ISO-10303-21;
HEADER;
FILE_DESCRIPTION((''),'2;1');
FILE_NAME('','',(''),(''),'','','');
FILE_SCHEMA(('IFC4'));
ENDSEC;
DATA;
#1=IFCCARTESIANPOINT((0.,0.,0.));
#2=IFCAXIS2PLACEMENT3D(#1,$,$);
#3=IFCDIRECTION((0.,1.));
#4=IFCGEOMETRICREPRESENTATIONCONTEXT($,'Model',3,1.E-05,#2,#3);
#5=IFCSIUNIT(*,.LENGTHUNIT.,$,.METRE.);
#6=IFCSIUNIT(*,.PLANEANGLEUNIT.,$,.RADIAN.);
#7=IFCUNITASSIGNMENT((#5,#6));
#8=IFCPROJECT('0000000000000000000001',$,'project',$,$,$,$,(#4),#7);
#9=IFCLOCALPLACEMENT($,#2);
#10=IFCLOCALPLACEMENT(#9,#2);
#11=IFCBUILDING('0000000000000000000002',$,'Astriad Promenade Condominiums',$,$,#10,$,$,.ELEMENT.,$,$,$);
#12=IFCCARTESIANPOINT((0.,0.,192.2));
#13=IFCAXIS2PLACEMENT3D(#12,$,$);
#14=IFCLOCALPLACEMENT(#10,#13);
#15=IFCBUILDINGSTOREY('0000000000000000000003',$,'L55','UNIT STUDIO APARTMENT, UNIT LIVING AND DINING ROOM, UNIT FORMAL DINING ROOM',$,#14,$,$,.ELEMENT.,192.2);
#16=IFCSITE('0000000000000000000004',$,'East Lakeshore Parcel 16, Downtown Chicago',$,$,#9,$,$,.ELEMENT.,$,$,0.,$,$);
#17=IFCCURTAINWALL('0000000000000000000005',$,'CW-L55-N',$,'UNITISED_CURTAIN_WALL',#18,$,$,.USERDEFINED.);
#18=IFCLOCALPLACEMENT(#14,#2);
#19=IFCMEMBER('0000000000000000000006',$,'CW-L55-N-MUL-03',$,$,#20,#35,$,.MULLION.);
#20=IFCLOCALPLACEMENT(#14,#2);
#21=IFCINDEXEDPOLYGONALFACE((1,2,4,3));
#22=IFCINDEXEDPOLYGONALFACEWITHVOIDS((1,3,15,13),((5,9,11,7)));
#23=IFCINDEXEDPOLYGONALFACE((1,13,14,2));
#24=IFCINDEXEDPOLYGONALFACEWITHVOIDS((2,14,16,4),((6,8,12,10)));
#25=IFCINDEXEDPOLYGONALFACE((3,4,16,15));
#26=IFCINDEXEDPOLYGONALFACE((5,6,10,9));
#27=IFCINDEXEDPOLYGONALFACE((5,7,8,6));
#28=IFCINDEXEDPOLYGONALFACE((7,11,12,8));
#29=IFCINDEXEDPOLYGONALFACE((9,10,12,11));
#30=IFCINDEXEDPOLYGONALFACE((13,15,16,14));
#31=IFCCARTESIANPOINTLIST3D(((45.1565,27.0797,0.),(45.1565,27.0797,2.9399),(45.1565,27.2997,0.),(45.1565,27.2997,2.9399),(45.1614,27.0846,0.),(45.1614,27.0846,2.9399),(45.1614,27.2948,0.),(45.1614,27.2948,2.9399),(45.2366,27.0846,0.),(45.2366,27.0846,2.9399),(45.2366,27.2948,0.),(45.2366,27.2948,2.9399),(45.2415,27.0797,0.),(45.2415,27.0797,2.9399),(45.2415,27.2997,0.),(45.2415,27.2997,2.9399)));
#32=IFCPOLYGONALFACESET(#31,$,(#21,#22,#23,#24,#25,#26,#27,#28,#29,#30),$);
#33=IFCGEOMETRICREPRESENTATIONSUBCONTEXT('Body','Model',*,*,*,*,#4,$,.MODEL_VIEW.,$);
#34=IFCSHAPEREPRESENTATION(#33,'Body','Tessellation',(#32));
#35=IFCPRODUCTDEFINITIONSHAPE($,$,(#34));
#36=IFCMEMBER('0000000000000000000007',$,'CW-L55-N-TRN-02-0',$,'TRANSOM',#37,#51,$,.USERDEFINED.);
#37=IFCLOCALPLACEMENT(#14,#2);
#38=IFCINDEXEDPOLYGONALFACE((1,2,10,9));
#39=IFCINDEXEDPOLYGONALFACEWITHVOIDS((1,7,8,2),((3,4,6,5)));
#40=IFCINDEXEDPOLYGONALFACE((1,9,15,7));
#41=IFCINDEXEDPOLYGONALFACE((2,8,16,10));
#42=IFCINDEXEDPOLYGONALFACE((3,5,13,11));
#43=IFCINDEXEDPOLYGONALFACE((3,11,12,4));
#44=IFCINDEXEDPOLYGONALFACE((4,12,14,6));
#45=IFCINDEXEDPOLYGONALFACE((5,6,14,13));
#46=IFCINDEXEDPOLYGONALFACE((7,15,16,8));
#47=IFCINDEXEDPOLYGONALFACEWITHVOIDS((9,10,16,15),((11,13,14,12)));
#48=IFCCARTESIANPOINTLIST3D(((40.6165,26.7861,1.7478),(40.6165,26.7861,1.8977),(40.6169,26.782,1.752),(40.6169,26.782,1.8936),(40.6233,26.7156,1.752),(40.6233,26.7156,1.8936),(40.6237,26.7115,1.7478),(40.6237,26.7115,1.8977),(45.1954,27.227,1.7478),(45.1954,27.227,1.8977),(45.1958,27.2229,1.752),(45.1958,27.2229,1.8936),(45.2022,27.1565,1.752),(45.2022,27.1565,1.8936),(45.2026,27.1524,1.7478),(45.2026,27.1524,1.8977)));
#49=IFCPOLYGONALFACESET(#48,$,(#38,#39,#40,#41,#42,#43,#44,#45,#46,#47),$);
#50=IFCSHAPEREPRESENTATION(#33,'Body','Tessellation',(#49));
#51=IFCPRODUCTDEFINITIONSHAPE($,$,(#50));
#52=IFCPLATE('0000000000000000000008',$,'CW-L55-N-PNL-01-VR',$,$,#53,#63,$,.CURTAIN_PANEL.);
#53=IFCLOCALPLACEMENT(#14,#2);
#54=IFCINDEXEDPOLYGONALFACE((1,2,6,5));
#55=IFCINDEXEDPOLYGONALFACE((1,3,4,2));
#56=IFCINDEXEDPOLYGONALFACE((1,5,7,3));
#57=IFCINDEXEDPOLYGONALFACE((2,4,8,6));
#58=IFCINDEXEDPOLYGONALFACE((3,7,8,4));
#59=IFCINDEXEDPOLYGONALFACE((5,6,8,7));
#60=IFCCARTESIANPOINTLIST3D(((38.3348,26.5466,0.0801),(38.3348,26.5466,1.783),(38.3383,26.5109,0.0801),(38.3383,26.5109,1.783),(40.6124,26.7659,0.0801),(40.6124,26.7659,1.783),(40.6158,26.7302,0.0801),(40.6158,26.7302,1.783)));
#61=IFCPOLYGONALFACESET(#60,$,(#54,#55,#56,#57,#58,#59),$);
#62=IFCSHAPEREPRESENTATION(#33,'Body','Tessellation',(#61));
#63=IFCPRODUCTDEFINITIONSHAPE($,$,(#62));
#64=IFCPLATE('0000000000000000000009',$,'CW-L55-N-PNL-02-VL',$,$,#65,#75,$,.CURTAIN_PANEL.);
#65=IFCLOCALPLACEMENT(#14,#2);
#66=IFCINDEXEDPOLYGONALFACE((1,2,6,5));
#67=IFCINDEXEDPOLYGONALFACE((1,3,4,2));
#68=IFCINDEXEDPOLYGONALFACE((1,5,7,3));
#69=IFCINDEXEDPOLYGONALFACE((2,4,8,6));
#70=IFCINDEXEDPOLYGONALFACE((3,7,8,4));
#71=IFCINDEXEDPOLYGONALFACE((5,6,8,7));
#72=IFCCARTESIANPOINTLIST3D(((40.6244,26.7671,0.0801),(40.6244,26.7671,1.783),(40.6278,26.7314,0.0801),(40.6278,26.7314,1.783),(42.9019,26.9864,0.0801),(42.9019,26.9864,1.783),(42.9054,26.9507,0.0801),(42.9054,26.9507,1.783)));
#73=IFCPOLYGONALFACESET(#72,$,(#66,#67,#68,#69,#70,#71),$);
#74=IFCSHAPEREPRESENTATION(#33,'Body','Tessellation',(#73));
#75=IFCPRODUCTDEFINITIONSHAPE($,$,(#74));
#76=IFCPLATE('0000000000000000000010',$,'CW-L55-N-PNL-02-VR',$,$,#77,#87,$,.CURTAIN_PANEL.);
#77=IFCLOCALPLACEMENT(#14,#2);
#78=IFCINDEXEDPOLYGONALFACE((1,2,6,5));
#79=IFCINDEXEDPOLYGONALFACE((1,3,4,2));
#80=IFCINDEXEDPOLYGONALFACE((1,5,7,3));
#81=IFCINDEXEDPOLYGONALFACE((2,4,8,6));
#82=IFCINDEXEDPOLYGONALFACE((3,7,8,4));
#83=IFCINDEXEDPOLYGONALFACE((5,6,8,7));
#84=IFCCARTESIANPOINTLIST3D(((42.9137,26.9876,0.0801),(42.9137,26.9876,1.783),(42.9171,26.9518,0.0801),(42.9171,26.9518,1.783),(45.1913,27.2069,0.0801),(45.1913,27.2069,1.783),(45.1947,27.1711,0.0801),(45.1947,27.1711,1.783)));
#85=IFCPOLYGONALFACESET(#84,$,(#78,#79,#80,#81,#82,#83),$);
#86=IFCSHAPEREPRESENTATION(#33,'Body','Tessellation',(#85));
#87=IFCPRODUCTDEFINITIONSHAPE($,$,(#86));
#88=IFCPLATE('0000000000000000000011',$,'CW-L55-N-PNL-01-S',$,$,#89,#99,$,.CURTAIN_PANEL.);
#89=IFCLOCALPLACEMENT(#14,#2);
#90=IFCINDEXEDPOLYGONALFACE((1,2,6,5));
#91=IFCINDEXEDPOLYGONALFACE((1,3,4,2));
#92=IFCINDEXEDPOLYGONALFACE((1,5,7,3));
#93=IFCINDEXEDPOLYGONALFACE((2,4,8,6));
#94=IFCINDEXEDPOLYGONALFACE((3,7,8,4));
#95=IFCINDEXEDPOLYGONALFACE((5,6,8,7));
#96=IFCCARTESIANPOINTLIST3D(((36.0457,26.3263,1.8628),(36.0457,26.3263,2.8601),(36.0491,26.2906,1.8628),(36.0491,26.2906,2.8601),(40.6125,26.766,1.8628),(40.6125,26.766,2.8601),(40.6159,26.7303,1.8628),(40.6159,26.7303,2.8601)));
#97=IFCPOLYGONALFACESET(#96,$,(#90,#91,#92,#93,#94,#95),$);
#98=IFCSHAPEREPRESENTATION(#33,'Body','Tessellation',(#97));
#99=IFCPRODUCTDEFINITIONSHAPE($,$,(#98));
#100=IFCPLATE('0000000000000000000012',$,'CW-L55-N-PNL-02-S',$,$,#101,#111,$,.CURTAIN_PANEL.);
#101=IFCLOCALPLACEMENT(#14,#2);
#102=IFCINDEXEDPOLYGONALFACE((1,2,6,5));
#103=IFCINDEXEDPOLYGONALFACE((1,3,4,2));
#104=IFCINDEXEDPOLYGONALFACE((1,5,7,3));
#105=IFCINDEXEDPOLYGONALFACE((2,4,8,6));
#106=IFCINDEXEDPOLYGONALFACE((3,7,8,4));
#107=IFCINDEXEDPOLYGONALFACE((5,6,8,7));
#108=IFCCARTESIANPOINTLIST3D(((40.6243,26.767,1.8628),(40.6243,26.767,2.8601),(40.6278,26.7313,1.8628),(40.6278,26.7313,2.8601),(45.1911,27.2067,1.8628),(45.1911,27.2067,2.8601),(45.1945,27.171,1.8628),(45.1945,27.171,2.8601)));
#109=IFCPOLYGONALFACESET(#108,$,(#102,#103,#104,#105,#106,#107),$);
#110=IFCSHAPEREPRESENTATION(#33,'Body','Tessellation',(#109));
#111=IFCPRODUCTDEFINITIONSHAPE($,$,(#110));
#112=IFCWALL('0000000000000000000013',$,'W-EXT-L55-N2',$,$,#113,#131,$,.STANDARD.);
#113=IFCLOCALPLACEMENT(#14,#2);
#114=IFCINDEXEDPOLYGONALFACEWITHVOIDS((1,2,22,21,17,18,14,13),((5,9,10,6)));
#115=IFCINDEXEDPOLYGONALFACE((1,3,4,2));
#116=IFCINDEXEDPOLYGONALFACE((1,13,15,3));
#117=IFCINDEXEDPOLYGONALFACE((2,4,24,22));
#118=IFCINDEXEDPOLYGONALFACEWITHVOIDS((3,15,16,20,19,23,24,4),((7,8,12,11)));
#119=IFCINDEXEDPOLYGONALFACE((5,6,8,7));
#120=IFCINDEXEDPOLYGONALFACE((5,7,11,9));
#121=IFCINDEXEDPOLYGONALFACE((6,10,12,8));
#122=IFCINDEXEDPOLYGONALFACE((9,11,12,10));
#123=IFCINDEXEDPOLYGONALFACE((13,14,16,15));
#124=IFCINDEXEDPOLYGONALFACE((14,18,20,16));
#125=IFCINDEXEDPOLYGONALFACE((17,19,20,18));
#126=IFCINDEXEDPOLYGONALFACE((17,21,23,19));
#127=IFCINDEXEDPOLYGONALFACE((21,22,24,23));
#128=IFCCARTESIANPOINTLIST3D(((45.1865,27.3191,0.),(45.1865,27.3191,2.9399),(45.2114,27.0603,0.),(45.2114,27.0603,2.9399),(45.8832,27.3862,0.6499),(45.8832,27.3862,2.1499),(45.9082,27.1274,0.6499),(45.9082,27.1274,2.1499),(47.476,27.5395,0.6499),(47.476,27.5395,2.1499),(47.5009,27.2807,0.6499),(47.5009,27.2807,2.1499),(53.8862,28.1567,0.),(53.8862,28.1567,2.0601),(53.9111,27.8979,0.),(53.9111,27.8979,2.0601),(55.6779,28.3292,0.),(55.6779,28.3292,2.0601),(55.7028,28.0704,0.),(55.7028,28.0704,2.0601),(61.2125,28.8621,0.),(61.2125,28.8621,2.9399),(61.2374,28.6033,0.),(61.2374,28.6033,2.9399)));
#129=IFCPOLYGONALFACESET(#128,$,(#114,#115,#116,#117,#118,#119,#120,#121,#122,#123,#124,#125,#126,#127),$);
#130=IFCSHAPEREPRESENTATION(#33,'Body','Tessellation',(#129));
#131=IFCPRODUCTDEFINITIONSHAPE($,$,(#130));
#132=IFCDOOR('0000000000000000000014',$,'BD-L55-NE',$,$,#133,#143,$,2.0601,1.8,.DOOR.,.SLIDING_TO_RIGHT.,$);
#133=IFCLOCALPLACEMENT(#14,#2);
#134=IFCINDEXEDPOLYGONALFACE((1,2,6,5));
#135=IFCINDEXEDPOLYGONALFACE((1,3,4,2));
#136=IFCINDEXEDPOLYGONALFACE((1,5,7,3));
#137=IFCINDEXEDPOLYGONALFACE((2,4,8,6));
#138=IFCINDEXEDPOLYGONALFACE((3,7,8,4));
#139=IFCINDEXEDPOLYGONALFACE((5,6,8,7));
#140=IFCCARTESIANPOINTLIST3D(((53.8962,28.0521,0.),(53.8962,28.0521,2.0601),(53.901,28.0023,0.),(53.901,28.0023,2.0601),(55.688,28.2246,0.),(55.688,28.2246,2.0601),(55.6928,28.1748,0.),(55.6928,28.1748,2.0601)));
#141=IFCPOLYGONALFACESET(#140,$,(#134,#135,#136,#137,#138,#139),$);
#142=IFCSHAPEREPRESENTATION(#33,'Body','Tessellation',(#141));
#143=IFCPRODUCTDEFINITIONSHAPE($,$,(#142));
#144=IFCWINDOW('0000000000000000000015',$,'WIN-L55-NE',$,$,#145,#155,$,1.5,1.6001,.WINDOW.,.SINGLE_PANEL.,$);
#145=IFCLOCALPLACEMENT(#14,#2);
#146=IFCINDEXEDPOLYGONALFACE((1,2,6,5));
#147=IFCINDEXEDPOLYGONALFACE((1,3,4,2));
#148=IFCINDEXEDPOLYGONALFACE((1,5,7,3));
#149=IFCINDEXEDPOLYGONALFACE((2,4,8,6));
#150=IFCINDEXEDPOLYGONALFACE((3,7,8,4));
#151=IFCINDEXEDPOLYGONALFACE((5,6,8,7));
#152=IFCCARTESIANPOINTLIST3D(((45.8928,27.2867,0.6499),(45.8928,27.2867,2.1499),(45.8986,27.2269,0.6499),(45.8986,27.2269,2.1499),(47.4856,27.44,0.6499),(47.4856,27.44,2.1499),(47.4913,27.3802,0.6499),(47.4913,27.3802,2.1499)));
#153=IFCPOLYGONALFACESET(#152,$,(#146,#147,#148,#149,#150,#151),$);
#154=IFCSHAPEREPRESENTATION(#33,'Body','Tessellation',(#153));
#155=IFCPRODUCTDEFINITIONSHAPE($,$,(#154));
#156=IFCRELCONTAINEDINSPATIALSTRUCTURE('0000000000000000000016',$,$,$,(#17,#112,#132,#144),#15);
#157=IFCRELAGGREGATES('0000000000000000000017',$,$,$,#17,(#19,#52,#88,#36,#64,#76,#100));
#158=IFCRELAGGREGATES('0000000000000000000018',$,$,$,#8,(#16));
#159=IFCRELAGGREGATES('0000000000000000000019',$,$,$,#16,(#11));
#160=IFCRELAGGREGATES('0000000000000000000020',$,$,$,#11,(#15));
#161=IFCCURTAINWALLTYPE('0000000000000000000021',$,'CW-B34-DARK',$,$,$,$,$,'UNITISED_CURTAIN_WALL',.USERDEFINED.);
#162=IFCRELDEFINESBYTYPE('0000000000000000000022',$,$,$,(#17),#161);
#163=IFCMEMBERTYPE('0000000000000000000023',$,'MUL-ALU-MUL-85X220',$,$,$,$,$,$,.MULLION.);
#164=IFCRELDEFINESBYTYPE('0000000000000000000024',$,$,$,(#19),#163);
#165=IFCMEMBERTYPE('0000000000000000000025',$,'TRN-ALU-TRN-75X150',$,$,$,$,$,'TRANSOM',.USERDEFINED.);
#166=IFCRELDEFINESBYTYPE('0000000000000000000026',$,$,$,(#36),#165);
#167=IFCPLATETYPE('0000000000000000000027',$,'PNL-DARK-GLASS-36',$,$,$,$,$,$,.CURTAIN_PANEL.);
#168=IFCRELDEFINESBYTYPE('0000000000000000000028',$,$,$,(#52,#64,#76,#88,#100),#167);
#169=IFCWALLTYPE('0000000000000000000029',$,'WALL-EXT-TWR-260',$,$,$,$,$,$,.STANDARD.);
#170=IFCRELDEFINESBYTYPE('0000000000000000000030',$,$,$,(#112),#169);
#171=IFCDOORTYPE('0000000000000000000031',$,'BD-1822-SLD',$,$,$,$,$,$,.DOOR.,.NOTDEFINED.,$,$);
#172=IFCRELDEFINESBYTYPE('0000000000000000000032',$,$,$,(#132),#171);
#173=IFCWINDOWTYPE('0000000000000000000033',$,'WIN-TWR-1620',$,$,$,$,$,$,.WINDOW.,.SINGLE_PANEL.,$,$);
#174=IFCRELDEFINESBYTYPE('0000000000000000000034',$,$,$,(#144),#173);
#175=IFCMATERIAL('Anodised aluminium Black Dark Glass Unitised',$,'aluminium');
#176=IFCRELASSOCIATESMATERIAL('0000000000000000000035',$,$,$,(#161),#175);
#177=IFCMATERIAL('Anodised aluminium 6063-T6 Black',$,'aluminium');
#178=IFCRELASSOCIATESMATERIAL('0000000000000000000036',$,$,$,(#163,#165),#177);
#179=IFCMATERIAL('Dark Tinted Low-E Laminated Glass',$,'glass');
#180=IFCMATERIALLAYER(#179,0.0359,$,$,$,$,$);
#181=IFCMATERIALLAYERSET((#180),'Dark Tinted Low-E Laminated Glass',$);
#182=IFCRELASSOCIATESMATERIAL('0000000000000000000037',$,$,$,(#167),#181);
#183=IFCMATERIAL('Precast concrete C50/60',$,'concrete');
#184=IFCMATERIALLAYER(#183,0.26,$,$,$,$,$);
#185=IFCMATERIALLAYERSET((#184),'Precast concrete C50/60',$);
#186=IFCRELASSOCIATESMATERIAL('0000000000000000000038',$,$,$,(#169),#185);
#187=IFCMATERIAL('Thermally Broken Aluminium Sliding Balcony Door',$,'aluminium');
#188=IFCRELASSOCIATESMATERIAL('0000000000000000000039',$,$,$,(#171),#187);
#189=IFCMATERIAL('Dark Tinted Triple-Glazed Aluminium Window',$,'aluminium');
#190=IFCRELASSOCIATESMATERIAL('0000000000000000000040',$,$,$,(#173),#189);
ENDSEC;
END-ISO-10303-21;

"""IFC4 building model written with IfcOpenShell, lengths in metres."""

from ifc_helpers import new_model, si_unit, direction, frame, frame_2d, origin, origin_2d, place, context, subcontext, project, spatial, rectangle, hollow_rectangle, extrude, source, transform, mapped, material, layer, layer_set, material_profile, profile_set, type_object, type_shapes, element, fill, aggregate, save


model = new_model("IFC4")

# Units and contexts
model_context = context("Model", 3, precision=1e-05, world=origin(), true_north=direction((0.0, 1.0)))
body_context = subcontext(model_context, "Body", "Model", "MODEL_VIEW")
ifc_project = project(units=[si_unit("LENGTHUNIT", "METRE"), si_unit("PLANEANGLEUNIT", "RADIAN")], contexts=[model_context])

# Site, building, storey
site_placement = place(None, origin())
site = spatial("IfcSite", under=ifc_project, at=site_placement, Name="East Lakeshore Parcel 16, Downtown Chicago", CompositionType="ELEMENT", RefElevation=0.0)
building_placement = place(site_placement, origin())
building = spatial("IfcBuilding", under=site, at=building_placement, Name="Astriad Promenade Condominiums", CompositionType="ELEMENT")
storey_placement = place(building_placement, frame((0.0, 0.0, 192.2)))
storey = spatial("IfcBuildingStorey", under=building, at=storey_placement, Name="L55", Description="UNIT STUDIO APARTMENT, UNIT LIVING AND DINING ROOM, UNIT FORMAL DINING ROOM", CompositionType="ELEMENT", Elevation=192.2)

# Curtain wall, members, plates
ifc_material_1 = material(Name="Anodised aluminium Black Dark Glass Unitised", Category="aluminium")
curtain_wall_type = type_object("IfcCurtainWallType", Name="CW-B34-DARK", ElementType="UNITISED_CURTAIN_WALL", PredefinedType="USERDEFINED", material=ifc_material_1)
curtain_wall_placement = place(storey_placement, origin())
curtain_wall = element("IfcCurtainWall", 1, at=curtain_wall_placement, inside=storey, type_object=curtain_wall_type, Name="CW-L55-N", ObjectType="UNITISED_CURTAIN_WALL", PredefinedType="USERDEFINED")
ifc_material_2 = material(Name="Anodised aluminium 6063-T6 Black", Category="aluminium")
ifc_material_profile_1 = material_profile(ifc_material_2, hollow_rectangle(XDim=0.085, YDim=0.22, WallThickness=0.0049, at=origin_2d()), Name="ALU-MUL-85X220")
ifc_profile_set_1 = profile_set([ifc_material_profile_1], Name="Anodised aluminium 6063-T6 Black")
member_type_1 = type_object("IfcMemberType", Name="MUL-ALU-MUL-85X220", PredefinedType="MULLION", material=ifc_profile_set_1)
shared_shape_1 = source(origin(), body_context, "Body", "SweptSolid", [
    extrude(hollow_rectangle(XDim=0.085, YDim=0.22, WallThickness=0.0049, at=origin_2d()), origin(), (0.0, 0.0, 1.0), 2.9399),
])
type_shapes(member_type_1, [shared_shape_1])
member_1_placement = place(storey_placement, frame((45.199, 27.1897, 0.0), z_axis=(0.0, 0.0, 1.0), x_axis=(1.0, 0.0, 0.0)))
member_1 = element("IfcMember", 2, at=member_1_placement, type_object=member_type_1, Name="CW-L55-N-MUL-03", PredefinedType="MULLION", context=body_context, shape_type="MappedRepresentation", body=[
    mapped(shared_shape_1, transform((0.0, 0.0, 0.0), scale=1.0)),
])
ifc_material_profile_2 = material_profile(ifc_material_2, hollow_rectangle(XDim=0.075, YDim=0.1499, WallThickness=0.0042, at=origin_2d()), Name="ALU-TRN-75X150")
ifc_profile_set_2 = profile_set([ifc_material_profile_2], Name="Anodised aluminium 6063-T6 Black")
member_type_2 = type_object("IfcMemberType", Name="TRN-ALU-TRN-75X150", ElementType="TRANSOM", PredefinedType="USERDEFINED", material=ifc_profile_set_2)
shared_shape_2 = source(origin(), body_context, "Body", "SweptSolid", [
    extrude(hollow_rectangle(XDim=0.075, YDim=0.1499, WallThickness=0.0042, at=origin_2d()), origin(), (0.0, 0.0, 1.0), 4.6001),
])
type_shapes(member_type_2, [shared_shape_2])
member_2_placement = place(storey_placement, frame((40.6201, 26.7488, 1.8228), z_axis=(0.995396, 0.095851, 0.0), x_axis=(-0.095851, 0.995396, 0.0)))
member_2 = element("IfcMember", 3, at=member_2_placement, type_object=member_type_2, Name="CW-L55-N-TRN-02-0", ObjectType="TRANSOM", PredefinedType="USERDEFINED", context=body_context, shape_type="MappedRepresentation", body=[
    mapped(shared_shape_2, transform((0.0, 0.0, 0.0), scale=1.0)),
])
ifc_material_3 = material(Name="Dark Tinted Low-E Laminated Glass", Category="glass")
ifc_layer_1 = layer(ifc_material_3, 0.0359)
ifc_layer_set_1 = layer_set([ifc_layer_1], Name="Dark Tinted Low-E Laminated Glass")
plate_type = type_object("IfcPlateType", Name="PNL-DARK-GLASS-36", PredefinedType="CURTAIN_PANEL", material=ifc_layer_set_1)
shared_shape_3 = source(origin(), body_context, "Body", "SweptSolid", [
    extrude(rectangle(XDim=2.2881, YDim=0.0359, at=origin_2d()), origin(), (0.0, 0.0, 1.0), 1.7029),
])
plate_1_placement = place(storey_placement, frame((39.4753, 26.6384, 0.0801), z_axis=(0.0, 0.0, 1.0), x_axis=(0.995396, 0.095846, 0.0)))
plate_1 = element("IfcPlate", 4, at=plate_1_placement, type_object=plate_type, Name="CW-L55-N-PNL-01-VR", PredefinedType="CURTAIN_PANEL", context=body_context, shape_type="MappedRepresentation", body=[
    mapped(shared_shape_3, transform((0.0, 0.0, 0.0), scale=1.0)),
])
plate_2_placement = place(storey_placement, frame((41.7649, 26.8589, 0.0801), z_axis=(0.0, 0.0, 1.0), x_axis=(0.995396, 0.095846, 0.0)))
plate_2 = element("IfcPlate", 5, at=plate_2_placement, type_object=plate_type, Name="CW-L55-N-PNL-02-VL", PredefinedType="CURTAIN_PANEL", context=body_context, shape_type="MappedRepresentation", body=[
    mapped(shared_shape_3, transform((0.0, 0.0, 0.0), scale=1.0)),
])
plate_3_placement = place(storey_placement, frame((44.0542, 27.0793, 0.0801), z_axis=(0.0, 0.0, 1.0), x_axis=(0.995396, 0.095846, 0.0)))
plate_3 = element("IfcPlate", 6, at=plate_3_placement, type_object=plate_type, Name="CW-L55-N-PNL-02-VR", PredefinedType="CURTAIN_PANEL", context=body_context, shape_type="MappedRepresentation", body=[
    mapped(shared_shape_3, transform((0.0, 0.0, 0.0), scale=1.0)),
])
shared_shape_4 = source(origin(), body_context, "Body", "SweptSolid", [
    extrude(rectangle(XDim=4.5879, YDim=0.0359, at=origin_2d()), origin(), (0.0, 0.0, 1.0), 0.9973),
])
type_shapes(plate_type, [shared_shape_3, shared_shape_4])
plate_4_placement = place(storey_placement, frame((38.3308, 26.5283, 1.8628), z_axis=(0.0, 0.0, 1.0), x_axis=(0.995396, 0.095846, 0.0)))
plate_4 = element("IfcPlate", 7, at=plate_4_placement, type_object=plate_type, Name="CW-L55-N-PNL-01-S", PredefinedType="CURTAIN_PANEL", context=body_context, shape_type="MappedRepresentation", body=[
    mapped(shared_shape_4, transform((0.0, 0.0, 0.0), scale=1.0)),
])
plate_5_placement = place(storey_placement, frame((42.9094, 26.969, 1.8628), z_axis=(0.0, 0.0, 1.0), x_axis=(0.995396, 0.095846, 0.0)))
plate_5 = element("IfcPlate", 8, at=plate_5_placement, type_object=plate_type, Name="CW-L55-N-PNL-02-S", PredefinedType="CURTAIN_PANEL", context=body_context, shape_type="MappedRepresentation", body=[
    mapped(shared_shape_4, transform((0.0, 0.0, 0.0), scale=1.0)),
])
aggregate(curtain_wall, [member_1, plate_1, plate_4, member_2, plate_2, plate_3, plate_5])

# Wall, openings, door, window
ifc_material_4 = material(Name="Precast concrete C50/60", Category="concrete")
ifc_layer_2 = layer(ifc_material_4, 0.26)
ifc_layer_set_2 = layer_set([ifc_layer_2], Name="Precast concrete C50/60")
wall_type_1 = type_object("IfcWallType", Name="WALL-EXT-TWR-260", PredefinedType="STANDARD", material=ifc_layer_set_2)
wall_1_placement = place(storey_placement, frame((45.199, 27.1897, 0.0), z_axis=(0.0, 0.0, 1.0), x_axis=(0.995397, 0.095837, 0.0)))
wall_1 = element("IfcWall", 9, at=wall_1_placement, inside=storey, type_object=wall_type_1, Name="W-EXT-L55-N2", PredefinedType="STANDARD", context=body_context, shape_type="SweptSolid", body=[
    extrude(rectangle(XDim=16.1001, YDim=0.26, at=frame_2d((8.05, 0.0))), origin(), (0.0, 0.0, 1.0), 2.9399),
])
opening_1_placement = place(wall_1_placement, frame((8.74, 0.0, 0.0)))
opening_1 = element("IfcOpeningElement", 10, at=opening_1_placement, cuts=wall_1, PredefinedType="OPENING", context=body_context, shape_type="SweptSolid", body=[
    extrude(rectangle(XDim=1.8, YDim=2.0601, at=frame_2d((0.8999, 1.03))), frame((0.0, 0.1399, 0.0), z_axis=(0.0, -1.0, 0.0), x_axis=(1.0, 0.0, 0.0)), (0.0, 0.0, 1.0), 0.28),
])
opening_2_placement = place(wall_1_placement, frame((0.7, 0.0, 0.6499)))
opening_2 = element("IfcOpeningElement", 11, at=opening_2_placement, cuts=wall_1, PredefinedType="OPENING", context=body_context, shape_type="SweptSolid", body=[
    extrude(rectangle(XDim=1.6001, YDim=1.5, at=frame_2d((0.8, 0.75))), frame((0.0, 0.1399, 0.0), z_axis=(0.0, -1.0, 0.0), x_axis=(1.0, 0.0, 0.0)), (0.0, 0.0, 1.0), 0.28),
])
ifc_material_5 = material(Name="Thermally Broken Aluminium Sliding Balcony Door", Category="aluminium")
door_type_1 = type_object("IfcDoorType", Name="BD-1822-SLD", OperationType="NOTDEFINED", PredefinedType="DOOR", material=ifc_material_5)
shared_shape_5 = source(origin(), body_context, "Body", "SweptSolid", [
    extrude(rectangle(XDim=1.8, YDim=2.0601, at=frame_2d((0.8999, 1.03))), frame((0.0, 0.0249, 0.0), z_axis=(0.0, -1.0, 0.0), x_axis=(1.0, 0.0, 0.0)), (0.0, 0.0, 1.0), 0.05),
])
type_shapes(door_type_1, [shared_shape_5])
door_1_placement = place(opening_1_placement, origin())
door_1 = element("IfcDoor", 12, at=door_1_placement, inside=storey, type_object=door_type_1, Name="BD-L55-NE", OperationType="SLIDING_TO_RIGHT", OverallHeight=2.0601, OverallWidth=1.8, PredefinedType="DOOR", context=body_context, shape_type="MappedRepresentation", body=[
    mapped(shared_shape_5, transform((0.0, 0.0, 0.0), scale=1.0)),
])
fill(opening_1, door_1)
ifc_material_6 = material(Name="Dark Tinted Triple-Glazed Aluminium Window", Category="aluminium")
window_type = type_object("IfcWindowType", Name="WIN-TWR-1620", PartitioningType="SINGLE_PANEL", PredefinedType="WINDOW", material=ifc_material_6)
shared_shape_6 = source(origin(), body_context, "Body", "SweptSolid", [
    extrude(rectangle(XDim=1.6001, YDim=1.5, at=frame_2d((0.8, 0.75))), frame((0.0, 0.03, 0.0), z_axis=(0.0, -1.0, 0.0), x_axis=(1.0, 0.0, 0.0)), (0.0, 0.0, 1.0), 0.0601),
])
type_shapes(window_type, [shared_shape_6])
window_placement = place(opening_2_placement, origin())
window = element("IfcWindow", 13, at=window_placement, inside=storey, type_object=window_type, Name="WIN-L55-NE", OverallHeight=1.5, OverallWidth=1.6001, PartitioningType="SINGLE_PANEL", PredefinedType="WINDOW", context=body_context, shape_type="MappedRepresentation", body=[
    mapped(shared_shape_6, transform((0.0, 0.0, 0.0), scale=1.0)),
])
fill(opening_2, window)

save(model, "model.ifc")
